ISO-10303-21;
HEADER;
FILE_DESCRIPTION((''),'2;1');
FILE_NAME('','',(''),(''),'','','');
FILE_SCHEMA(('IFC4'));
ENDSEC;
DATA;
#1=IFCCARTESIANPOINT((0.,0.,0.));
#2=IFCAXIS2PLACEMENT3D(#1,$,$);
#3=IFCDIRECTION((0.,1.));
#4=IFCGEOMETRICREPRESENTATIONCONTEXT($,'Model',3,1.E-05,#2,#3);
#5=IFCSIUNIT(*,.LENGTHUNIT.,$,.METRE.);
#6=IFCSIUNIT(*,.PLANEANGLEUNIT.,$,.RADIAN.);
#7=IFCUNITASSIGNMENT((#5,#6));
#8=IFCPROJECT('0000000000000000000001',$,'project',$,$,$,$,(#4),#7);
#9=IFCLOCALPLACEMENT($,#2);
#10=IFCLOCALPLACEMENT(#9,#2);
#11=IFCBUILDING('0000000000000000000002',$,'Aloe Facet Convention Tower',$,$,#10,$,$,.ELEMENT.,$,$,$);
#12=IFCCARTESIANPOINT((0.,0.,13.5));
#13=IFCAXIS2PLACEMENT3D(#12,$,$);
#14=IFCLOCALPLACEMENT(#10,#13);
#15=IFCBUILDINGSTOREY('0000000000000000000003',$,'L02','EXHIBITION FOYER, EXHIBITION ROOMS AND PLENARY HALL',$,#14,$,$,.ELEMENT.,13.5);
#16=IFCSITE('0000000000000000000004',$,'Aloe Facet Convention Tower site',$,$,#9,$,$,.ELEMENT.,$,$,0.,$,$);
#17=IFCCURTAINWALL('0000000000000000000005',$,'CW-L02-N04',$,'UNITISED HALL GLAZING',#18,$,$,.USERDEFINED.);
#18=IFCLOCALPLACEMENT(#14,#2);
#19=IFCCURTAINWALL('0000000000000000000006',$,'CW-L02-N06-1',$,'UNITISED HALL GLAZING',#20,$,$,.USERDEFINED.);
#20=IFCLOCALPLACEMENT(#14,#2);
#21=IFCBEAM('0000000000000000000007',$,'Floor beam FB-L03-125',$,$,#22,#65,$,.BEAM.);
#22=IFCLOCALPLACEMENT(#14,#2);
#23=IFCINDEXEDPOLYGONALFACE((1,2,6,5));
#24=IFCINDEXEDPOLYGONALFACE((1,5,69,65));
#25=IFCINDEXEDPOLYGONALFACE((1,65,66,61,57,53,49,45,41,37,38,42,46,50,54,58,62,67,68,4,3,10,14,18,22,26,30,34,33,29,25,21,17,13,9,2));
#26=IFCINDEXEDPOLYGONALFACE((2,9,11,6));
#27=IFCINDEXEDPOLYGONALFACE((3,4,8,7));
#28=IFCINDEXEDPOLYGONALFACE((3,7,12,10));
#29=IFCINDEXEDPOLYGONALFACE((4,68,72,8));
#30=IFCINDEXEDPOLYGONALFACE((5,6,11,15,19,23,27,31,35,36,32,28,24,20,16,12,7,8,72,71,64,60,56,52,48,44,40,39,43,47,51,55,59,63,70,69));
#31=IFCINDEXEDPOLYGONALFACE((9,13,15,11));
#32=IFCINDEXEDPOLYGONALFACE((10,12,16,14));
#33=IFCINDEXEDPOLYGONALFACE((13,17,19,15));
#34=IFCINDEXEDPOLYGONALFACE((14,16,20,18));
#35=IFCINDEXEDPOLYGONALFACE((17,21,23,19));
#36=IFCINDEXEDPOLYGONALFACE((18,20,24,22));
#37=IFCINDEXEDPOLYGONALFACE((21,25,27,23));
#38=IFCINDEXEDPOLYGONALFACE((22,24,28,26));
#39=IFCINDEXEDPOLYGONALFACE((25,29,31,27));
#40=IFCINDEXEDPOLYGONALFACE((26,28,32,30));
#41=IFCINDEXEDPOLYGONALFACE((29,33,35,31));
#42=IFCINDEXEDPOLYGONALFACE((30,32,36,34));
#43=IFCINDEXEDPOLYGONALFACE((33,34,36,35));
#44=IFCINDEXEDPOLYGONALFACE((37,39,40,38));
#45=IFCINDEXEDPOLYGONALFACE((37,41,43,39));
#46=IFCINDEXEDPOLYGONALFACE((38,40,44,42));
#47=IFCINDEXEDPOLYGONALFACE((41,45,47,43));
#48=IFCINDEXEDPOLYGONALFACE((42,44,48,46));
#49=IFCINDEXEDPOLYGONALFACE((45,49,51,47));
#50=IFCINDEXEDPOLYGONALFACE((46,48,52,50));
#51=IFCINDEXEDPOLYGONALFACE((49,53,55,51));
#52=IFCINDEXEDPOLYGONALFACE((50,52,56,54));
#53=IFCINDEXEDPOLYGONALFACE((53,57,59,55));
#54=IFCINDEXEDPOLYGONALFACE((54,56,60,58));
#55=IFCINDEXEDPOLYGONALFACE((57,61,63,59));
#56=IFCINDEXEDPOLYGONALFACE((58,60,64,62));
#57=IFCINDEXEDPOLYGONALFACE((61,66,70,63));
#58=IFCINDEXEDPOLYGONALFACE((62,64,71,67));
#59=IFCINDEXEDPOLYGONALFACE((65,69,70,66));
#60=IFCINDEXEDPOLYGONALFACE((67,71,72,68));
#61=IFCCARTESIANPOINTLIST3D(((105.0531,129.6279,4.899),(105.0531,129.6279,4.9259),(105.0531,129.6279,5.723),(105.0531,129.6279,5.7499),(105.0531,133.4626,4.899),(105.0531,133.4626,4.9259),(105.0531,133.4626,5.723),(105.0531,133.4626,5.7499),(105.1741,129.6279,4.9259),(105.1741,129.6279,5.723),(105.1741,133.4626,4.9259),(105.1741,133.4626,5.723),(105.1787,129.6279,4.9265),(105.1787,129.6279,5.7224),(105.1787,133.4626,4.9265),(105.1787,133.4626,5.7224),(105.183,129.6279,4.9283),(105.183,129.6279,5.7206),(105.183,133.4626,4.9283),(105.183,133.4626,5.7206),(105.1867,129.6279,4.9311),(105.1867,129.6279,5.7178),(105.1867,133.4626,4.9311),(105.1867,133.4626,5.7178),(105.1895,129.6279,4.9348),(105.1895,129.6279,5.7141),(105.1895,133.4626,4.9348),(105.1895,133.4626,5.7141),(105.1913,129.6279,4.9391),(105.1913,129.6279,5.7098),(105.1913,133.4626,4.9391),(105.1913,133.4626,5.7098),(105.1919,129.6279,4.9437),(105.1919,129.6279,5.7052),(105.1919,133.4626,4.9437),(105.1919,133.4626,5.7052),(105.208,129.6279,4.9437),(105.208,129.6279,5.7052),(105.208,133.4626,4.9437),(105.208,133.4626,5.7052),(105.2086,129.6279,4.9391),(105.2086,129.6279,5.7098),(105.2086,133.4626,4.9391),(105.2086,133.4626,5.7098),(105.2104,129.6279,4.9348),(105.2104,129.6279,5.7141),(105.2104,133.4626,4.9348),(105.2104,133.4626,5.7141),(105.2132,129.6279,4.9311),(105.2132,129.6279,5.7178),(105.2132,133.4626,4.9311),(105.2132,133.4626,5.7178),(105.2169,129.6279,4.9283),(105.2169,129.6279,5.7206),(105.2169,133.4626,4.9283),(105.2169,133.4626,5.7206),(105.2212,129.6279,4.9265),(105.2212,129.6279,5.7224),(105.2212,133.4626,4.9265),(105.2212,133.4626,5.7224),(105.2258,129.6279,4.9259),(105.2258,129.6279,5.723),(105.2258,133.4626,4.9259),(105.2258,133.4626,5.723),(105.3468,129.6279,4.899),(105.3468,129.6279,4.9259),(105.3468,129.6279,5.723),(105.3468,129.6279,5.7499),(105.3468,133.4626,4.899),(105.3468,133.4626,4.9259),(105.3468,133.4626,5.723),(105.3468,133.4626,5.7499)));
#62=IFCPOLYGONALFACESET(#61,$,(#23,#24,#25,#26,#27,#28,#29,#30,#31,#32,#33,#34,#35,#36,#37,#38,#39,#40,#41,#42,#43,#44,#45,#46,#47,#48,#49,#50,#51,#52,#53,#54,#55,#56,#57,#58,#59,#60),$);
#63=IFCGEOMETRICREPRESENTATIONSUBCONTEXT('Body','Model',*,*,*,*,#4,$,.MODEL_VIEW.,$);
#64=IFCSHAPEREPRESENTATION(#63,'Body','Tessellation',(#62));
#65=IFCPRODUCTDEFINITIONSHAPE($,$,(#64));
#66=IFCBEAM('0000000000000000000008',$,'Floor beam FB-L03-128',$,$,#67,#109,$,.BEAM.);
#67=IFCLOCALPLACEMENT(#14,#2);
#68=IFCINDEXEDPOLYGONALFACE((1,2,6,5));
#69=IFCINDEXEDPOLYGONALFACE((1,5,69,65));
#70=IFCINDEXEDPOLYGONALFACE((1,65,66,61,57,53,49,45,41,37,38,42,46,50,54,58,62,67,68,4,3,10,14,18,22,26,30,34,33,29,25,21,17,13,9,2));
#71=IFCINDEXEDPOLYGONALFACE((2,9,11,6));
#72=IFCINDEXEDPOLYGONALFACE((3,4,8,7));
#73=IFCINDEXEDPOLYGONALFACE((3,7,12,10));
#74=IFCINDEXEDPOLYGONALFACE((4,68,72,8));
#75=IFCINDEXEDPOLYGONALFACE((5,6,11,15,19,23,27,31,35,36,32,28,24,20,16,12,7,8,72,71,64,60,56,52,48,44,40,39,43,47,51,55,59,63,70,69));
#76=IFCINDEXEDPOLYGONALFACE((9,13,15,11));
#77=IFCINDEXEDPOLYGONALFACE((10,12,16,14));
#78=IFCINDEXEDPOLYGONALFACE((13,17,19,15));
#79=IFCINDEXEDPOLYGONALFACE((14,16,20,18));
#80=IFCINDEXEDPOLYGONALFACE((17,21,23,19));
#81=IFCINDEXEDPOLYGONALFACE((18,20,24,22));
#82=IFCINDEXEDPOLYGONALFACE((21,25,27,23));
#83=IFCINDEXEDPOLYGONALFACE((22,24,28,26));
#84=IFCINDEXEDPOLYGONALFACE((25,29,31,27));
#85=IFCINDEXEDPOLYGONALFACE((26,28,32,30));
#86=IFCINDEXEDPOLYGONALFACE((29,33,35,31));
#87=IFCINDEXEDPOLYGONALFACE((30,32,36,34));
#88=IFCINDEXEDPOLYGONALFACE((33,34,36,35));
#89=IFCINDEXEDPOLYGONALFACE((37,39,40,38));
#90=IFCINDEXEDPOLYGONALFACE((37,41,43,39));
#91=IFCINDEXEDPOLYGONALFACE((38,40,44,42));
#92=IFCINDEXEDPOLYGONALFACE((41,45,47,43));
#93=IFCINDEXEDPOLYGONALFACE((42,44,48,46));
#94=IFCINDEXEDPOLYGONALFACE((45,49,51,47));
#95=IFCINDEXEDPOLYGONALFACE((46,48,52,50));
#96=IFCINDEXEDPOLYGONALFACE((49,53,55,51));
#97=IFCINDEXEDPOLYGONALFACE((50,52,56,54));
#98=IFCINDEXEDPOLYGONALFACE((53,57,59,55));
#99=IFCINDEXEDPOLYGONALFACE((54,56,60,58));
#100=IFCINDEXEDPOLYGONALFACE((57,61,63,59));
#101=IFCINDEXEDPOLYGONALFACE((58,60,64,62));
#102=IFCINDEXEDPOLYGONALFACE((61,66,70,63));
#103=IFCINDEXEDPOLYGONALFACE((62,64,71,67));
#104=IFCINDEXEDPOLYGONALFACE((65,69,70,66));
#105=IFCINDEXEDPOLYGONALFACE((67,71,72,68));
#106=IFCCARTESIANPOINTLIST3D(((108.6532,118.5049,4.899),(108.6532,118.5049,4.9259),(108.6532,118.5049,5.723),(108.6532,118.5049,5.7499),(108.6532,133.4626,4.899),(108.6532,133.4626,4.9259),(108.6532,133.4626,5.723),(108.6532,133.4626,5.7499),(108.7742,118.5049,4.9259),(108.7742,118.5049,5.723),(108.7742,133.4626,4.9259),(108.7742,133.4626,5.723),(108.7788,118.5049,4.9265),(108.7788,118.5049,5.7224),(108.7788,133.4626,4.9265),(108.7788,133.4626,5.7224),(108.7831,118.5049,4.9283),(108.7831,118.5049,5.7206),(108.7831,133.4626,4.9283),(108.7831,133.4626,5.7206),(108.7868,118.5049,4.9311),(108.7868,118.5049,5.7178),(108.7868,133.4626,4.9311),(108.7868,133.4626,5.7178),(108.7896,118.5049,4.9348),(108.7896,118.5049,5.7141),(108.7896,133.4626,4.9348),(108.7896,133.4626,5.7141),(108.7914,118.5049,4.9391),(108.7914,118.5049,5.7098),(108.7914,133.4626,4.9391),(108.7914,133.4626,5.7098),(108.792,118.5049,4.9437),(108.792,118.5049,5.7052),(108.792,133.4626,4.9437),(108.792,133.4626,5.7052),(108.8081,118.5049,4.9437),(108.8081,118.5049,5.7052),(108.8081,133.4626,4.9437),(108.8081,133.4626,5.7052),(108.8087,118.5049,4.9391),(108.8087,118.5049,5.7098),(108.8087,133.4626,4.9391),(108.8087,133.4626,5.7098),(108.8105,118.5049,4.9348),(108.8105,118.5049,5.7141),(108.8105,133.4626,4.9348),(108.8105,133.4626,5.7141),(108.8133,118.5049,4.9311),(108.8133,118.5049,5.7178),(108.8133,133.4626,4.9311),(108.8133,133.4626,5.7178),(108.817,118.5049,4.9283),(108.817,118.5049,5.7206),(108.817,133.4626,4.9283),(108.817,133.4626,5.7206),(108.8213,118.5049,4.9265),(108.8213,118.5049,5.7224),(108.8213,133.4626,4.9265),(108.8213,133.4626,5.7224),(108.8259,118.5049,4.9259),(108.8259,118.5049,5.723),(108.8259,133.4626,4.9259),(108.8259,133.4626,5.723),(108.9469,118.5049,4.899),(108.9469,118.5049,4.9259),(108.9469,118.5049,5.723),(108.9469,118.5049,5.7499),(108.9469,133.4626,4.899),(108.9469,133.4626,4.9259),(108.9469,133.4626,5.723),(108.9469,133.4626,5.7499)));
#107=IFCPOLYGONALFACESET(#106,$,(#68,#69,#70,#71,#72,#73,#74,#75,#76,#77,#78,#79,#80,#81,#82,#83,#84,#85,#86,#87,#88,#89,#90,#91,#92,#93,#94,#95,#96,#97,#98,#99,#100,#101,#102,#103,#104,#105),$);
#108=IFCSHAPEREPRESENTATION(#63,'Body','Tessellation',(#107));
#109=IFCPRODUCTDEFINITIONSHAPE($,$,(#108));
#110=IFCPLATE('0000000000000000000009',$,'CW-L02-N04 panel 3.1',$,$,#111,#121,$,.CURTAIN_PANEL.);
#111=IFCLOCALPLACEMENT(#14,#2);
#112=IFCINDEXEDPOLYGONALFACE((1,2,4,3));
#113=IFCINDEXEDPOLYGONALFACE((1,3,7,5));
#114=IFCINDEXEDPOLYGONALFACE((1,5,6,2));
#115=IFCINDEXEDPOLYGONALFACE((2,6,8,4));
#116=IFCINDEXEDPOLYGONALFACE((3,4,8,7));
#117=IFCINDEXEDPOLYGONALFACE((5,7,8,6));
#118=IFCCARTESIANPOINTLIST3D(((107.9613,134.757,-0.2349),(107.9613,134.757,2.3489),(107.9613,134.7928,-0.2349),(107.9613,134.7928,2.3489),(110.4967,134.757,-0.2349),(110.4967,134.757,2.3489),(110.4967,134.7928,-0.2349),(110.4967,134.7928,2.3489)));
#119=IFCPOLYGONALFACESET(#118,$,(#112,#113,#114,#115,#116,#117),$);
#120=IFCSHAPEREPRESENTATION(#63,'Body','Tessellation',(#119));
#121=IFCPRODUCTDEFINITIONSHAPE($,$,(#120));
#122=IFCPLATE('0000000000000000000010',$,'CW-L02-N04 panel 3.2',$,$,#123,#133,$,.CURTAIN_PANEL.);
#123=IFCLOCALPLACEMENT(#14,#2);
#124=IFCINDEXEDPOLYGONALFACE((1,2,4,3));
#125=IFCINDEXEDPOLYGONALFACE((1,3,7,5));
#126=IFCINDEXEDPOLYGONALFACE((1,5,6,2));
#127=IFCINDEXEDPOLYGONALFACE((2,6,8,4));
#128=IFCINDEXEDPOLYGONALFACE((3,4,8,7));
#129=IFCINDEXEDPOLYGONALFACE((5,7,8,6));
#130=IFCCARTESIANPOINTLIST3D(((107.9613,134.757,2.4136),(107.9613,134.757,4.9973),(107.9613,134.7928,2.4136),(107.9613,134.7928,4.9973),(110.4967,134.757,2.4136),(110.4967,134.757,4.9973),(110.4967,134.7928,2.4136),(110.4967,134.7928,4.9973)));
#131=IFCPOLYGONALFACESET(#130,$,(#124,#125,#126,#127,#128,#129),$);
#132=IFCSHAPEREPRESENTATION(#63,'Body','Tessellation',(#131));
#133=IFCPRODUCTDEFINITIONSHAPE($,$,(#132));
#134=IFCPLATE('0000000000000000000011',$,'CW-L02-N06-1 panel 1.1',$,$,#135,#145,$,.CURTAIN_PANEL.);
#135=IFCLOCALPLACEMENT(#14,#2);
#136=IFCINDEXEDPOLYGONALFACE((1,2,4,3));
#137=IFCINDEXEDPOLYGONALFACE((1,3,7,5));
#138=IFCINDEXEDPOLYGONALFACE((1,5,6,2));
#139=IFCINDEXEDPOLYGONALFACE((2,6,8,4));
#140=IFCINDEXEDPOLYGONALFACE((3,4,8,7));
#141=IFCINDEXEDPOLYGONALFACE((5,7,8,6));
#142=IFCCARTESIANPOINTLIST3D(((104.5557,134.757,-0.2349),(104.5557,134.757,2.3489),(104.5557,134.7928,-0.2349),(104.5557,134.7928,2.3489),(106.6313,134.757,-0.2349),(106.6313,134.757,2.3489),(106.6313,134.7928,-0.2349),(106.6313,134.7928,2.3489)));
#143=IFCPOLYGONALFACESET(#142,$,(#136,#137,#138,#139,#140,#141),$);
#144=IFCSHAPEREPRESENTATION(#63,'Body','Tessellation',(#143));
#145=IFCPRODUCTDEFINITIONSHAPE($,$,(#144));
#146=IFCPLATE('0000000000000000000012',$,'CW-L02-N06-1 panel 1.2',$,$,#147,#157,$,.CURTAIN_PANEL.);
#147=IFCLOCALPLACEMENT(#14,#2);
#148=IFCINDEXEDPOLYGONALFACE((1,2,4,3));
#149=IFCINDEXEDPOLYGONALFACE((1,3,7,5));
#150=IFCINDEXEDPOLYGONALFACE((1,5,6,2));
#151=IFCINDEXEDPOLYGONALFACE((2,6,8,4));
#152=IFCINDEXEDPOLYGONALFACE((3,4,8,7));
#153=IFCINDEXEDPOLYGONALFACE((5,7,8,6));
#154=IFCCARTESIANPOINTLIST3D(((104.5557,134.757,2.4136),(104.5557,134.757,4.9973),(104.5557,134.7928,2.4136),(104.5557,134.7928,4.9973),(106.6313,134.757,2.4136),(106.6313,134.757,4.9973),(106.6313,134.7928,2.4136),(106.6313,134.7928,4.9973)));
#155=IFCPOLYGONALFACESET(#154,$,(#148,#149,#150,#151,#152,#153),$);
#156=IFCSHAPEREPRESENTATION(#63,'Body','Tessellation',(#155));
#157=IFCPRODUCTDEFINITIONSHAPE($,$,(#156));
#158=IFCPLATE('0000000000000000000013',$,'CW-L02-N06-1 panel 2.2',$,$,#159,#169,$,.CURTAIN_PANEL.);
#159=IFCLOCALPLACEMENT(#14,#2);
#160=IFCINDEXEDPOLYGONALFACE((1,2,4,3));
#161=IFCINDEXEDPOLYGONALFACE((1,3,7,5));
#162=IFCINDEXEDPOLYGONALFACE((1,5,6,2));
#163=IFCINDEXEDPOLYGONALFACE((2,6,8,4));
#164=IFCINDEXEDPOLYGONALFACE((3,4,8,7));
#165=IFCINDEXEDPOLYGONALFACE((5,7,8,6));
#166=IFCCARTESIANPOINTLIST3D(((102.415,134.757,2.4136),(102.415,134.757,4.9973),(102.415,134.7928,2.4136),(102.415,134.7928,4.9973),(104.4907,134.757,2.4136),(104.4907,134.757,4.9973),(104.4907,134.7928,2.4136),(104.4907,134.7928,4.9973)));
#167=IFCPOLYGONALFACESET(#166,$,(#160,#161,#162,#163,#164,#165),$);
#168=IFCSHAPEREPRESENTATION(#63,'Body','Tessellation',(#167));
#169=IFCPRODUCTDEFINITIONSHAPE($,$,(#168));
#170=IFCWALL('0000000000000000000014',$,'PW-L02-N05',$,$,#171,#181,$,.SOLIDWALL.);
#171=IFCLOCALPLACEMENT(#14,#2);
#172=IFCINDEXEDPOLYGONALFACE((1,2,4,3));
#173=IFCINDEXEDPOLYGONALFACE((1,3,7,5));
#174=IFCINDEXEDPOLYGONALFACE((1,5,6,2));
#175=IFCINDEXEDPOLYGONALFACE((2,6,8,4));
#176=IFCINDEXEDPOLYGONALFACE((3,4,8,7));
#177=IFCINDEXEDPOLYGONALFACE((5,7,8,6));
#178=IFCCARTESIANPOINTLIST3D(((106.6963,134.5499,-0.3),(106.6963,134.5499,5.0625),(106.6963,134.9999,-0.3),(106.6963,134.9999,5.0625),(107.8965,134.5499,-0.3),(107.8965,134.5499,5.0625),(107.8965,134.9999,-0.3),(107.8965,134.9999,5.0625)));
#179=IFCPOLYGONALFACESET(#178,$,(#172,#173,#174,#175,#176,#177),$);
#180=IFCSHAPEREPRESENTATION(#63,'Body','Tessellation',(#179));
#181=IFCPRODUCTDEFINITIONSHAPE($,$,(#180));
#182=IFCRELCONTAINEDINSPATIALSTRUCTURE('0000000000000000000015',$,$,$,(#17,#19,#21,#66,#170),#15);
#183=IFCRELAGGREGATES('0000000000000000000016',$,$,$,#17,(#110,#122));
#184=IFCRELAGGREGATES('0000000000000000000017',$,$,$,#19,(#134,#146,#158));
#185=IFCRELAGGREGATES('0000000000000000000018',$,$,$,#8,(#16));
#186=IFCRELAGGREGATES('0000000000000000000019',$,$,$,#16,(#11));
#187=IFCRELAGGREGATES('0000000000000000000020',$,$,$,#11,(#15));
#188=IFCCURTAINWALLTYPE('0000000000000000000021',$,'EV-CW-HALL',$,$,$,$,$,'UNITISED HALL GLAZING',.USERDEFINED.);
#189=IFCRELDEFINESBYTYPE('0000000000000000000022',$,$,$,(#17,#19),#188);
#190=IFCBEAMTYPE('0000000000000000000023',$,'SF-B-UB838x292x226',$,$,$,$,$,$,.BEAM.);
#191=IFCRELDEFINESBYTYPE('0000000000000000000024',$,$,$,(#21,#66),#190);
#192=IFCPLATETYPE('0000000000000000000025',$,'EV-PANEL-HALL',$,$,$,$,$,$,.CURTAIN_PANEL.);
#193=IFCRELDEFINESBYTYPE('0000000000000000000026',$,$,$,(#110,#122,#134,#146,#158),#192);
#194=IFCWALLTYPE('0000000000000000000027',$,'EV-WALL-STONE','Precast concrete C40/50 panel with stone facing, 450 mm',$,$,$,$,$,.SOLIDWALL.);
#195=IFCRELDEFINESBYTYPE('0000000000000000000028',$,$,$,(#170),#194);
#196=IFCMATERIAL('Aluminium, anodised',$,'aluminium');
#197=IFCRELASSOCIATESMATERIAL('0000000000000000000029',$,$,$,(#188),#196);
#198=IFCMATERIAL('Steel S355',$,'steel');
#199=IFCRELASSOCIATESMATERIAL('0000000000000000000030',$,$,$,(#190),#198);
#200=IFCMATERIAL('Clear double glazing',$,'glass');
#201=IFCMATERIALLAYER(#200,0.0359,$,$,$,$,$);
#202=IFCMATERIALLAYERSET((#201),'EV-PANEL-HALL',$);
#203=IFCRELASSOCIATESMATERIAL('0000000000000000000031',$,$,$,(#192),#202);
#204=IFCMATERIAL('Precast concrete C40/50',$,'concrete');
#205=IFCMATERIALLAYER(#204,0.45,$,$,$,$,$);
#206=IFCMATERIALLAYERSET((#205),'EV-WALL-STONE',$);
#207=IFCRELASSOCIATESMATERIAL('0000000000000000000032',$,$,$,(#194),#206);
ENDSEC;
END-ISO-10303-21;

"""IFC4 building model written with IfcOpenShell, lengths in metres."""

from ifc_helpers import new_model, si_unit, direction, frame, frame_2d, origin, origin_2d, place, context, subcontext, project, spatial, rectangle, i_section, extrude, material, layer, layer_set, material_profile, profile_set, type_object, element, aggregate, save


model = new_model("IFC4")

# Units and contexts
model_context = context("Model", 3, precision=1e-05, world=origin(), true_north=direction((0.0, 1.0)))
body_context = subcontext(model_context, "Body", "Model", "MODEL_VIEW")
ifc_project = project(units=[si_unit("LENGTHUNIT", "METRE"), si_unit("PLANEANGLEUNIT", "RADIAN")], contexts=[model_context])

# Site, building, storey
site_placement = place(None, origin())
site = spatial("IfcSite", under=ifc_project, at=site_placement, Name="Aloe Facet Convention Tower site", CompositionType="ELEMENT", RefElevation=0.0)
building_placement = place(site_placement, origin())
building = spatial("IfcBuilding", under=site, at=building_placement, Name="Aloe Facet Convention Tower", CompositionType="ELEMENT")
storey_placement = place(building_placement, frame((0.0, 0.0, 13.5)))
storey = spatial("IfcBuildingStorey", under=building, at=storey_placement, Name="L02", Description="EXHIBITION FOYER, EXHIBITION ROOMS AND PLENARY HALL", CompositionType="ELEMENT", Elevation=13.5)

# Curtain wall
ifc_material_1 = material(Name="Aluminium, anodised", Category="aluminium")
curtain_wall_type = type_object("IfcCurtainWallType", Name="EV-CW-HALL", ElementType="UNITISED HALL GLAZING", PredefinedType="USERDEFINED", material=ifc_material_1)
curtain_wall_1_placement = place(storey_placement, origin())
curtain_wall_1 = element("IfcCurtainWall", 1, at=curtain_wall_1_placement, inside=storey, type_object=curtain_wall_type, Name="CW-L02-N04", ObjectType="UNITISED HALL GLAZING", PredefinedType="USERDEFINED")

# Curtain wall
curtain_wall_2_placement = place(storey_placement, origin())
curtain_wall_2 = element("IfcCurtainWall", 2, at=curtain_wall_2_placement, inside=storey, type_object=curtain_wall_type, Name="CW-L02-N06-1", ObjectType="UNITISED HALL GLAZING", PredefinedType="USERDEFINED")

# Beams
ifc_material_2 = material(Name="Steel S355", Category="steel")
ifc_material_profile_1 = material_profile(ifc_material_2, i_section(OverallWidth=0.2937, OverallDepth=0.8508, WebThickness=0.0161, FlangeThickness=0.0269, FilletRadius=0.0178, at=origin_2d()), Name="UB 838x292x226")
ifc_profile_set_1 = profile_set([ifc_material_profile_1], Name="Steel S355")
beam_type_1 = type_object("IfcBeamType", Name="SF-B-UB838x292x226", PredefinedType="BEAM", material=ifc_profile_set_1)
beam_1_placement = place(storey_placement, frame((105.2, 129.6279, 5.3245), z_axis=(0.0, 1.0, 0.0), x_axis=(-1.0, 0.0, 0.0)))
element("IfcBeam", 3, at=beam_1_placement, inside=storey, type_object=beam_type_1, Name="Floor beam FB-L03-125", PredefinedType="BEAM", context=body_context, shape_type="SweptSolid", body=[
    extrude(i_section(OverallWidth=0.2937, OverallDepth=0.8508, WebThickness=0.0161, FlangeThickness=0.0269, FilletRadius=0.0178, at=origin_2d()), origin(), (0.0, 0.0, 1.0), 3.8347),
])
beam_2_placement = place(storey_placement, frame((108.8, 118.5049, 5.3245), z_axis=(0.0, 1.0, 0.0), x_axis=(-1.0, 0.0, 0.0)))
element("IfcBeam", 4, at=beam_2_placement, inside=storey, type_object=beam_type_1, Name="Floor beam FB-L03-128", PredefinedType="BEAM", context=body_context, shape_type="SweptSolid", body=[
    extrude(i_section(OverallWidth=0.2937, OverallDepth=0.8508, WebThickness=0.0161, FlangeThickness=0.0269, FilletRadius=0.0178, at=origin_2d()), origin(), (0.0, 0.0, 1.0), 14.9578),
])

# Plates
ifc_material_3 = material(Name="Clear double glazing", Category="glass")
ifc_layer_1 = layer(ifc_material_3, 0.0359)
ifc_layer_set_1 = layer_set([ifc_layer_1], Name="EV-PANEL-HALL")
plate_type = type_object("IfcPlateType", Name="EV-PANEL-HALL", PredefinedType="CURTAIN_PANEL", material=ifc_layer_set_1)
plate_1_placement = place(storey_placement, frame((109.229, 134.7749, -0.2349), z_axis=(0.0, 0.0, 1.0), x_axis=(-1.0, 0.0, 0.0)))
plate_1 = element("IfcPlate", 5, at=plate_1_placement, type_object=plate_type, Name="CW-L02-N04 panel 3.1", PredefinedType="CURTAIN_PANEL", context=body_context, shape_type="SweptSolid", body=[
    extrude(rectangle(XDim=2.5354, YDim=0.0359, at=origin_2d()), origin(), (0.0, 0.0, 1.0), 2.5837),
])
plate_2_placement = place(storey_placement, frame((109.229, 134.7749, 2.4136), z_axis=(0.0, 0.0, 1.0), x_axis=(-1.0, 0.0, 0.0)))
plate_2 = element("IfcPlate", 6, at=plate_2_placement, type_object=plate_type, Name="CW-L02-N04 panel 3.2", PredefinedType="CURTAIN_PANEL", context=body_context, shape_type="SweptSolid", body=[
    extrude(rectangle(XDim=2.5354, YDim=0.0359, at=origin_2d()), origin(), (0.0, 0.0, 1.0), 2.5837),
])
aggregate(curtain_wall_1, [plate_1, plate_2])
plate_3_placement = place(storey_placement, frame((105.5935, 134.7749, -0.2349), z_axis=(0.0, 0.0, 1.0), x_axis=(-1.0, 0.0, 0.0)))
plate_3 = element("IfcPlate", 7, at=plate_3_placement, type_object=plate_type, Name="CW-L02-N06-1 panel 1.1", PredefinedType="CURTAIN_PANEL", context=body_context, shape_type="SweptSolid", body=[
    extrude(rectangle(XDim=2.0757, YDim=0.0359, at=origin_2d()), origin(), (0.0, 0.0, 1.0), 2.5837),
])
plate_4_placement = place(storey_placement, frame((105.5935, 134.7749, 2.4136), z_axis=(0.0, 0.0, 1.0), x_axis=(-1.0, 0.0, 0.0)))
plate_4 = element("IfcPlate", 8, at=plate_4_placement, type_object=plate_type, Name="CW-L02-N06-1 panel 1.2", PredefinedType="CURTAIN_PANEL", context=body_context, shape_type="SweptSolid", body=[
    extrude(rectangle(XDim=2.0757, YDim=0.0359, at=origin_2d()), origin(), (0.0, 0.0, 1.0), 2.5837),
])
plate_5_placement = place(storey_placement, frame((103.4529, 134.7749, 2.4136), z_axis=(0.0, 0.0, 1.0), x_axis=(-1.0, 0.0, 0.0)))
plate_5 = element("IfcPlate", 9, at=plate_5_placement, type_object=plate_type, Name="CW-L02-N06-1 panel 2.2", PredefinedType="CURTAIN_PANEL", context=body_context, shape_type="SweptSolid", body=[
    extrude(rectangle(XDim=2.0757, YDim=0.0359, at=origin_2d()), origin(), (0.0, 0.0, 1.0), 2.5837),
])
aggregate(curtain_wall_2, [plate_3, plate_4, plate_5])

# Wall
ifc_material_4 = material(Name="Precast concrete C40/50", Category="concrete")
ifc_layer_2 = layer(ifc_material_4, 0.45)
ifc_layer_set_2 = layer_set([ifc_layer_2], Name="EV-WALL-STONE")
wall_type_1 = type_object("IfcWallType", Name="EV-WALL-STONE", Description="Precast concrete C40/50 panel with stone facing, 450 mm", PredefinedType="SOLIDWALL", material=ifc_layer_set_2)
wall_1_placement = place(storey_placement, frame((107.8965, 134.7749, -0.3), z_axis=(0.0, 0.0, 1.0), x_axis=(-1.0, 0.0, 0.0)))
element("IfcWall", 10, at=wall_1_placement, inside=storey, type_object=wall_type_1, Name="PW-L02-N05", PredefinedType="SOLIDWALL", context=body_context, shape_type="SweptSolid", body=[
    extrude(rectangle(XDim=1.2002, YDim=0.45, at=frame_2d((0.6001, 0.0))), origin(), (0.0, 0.0, 1.0), 5.3625),
])

save(model, "model.ifc")
